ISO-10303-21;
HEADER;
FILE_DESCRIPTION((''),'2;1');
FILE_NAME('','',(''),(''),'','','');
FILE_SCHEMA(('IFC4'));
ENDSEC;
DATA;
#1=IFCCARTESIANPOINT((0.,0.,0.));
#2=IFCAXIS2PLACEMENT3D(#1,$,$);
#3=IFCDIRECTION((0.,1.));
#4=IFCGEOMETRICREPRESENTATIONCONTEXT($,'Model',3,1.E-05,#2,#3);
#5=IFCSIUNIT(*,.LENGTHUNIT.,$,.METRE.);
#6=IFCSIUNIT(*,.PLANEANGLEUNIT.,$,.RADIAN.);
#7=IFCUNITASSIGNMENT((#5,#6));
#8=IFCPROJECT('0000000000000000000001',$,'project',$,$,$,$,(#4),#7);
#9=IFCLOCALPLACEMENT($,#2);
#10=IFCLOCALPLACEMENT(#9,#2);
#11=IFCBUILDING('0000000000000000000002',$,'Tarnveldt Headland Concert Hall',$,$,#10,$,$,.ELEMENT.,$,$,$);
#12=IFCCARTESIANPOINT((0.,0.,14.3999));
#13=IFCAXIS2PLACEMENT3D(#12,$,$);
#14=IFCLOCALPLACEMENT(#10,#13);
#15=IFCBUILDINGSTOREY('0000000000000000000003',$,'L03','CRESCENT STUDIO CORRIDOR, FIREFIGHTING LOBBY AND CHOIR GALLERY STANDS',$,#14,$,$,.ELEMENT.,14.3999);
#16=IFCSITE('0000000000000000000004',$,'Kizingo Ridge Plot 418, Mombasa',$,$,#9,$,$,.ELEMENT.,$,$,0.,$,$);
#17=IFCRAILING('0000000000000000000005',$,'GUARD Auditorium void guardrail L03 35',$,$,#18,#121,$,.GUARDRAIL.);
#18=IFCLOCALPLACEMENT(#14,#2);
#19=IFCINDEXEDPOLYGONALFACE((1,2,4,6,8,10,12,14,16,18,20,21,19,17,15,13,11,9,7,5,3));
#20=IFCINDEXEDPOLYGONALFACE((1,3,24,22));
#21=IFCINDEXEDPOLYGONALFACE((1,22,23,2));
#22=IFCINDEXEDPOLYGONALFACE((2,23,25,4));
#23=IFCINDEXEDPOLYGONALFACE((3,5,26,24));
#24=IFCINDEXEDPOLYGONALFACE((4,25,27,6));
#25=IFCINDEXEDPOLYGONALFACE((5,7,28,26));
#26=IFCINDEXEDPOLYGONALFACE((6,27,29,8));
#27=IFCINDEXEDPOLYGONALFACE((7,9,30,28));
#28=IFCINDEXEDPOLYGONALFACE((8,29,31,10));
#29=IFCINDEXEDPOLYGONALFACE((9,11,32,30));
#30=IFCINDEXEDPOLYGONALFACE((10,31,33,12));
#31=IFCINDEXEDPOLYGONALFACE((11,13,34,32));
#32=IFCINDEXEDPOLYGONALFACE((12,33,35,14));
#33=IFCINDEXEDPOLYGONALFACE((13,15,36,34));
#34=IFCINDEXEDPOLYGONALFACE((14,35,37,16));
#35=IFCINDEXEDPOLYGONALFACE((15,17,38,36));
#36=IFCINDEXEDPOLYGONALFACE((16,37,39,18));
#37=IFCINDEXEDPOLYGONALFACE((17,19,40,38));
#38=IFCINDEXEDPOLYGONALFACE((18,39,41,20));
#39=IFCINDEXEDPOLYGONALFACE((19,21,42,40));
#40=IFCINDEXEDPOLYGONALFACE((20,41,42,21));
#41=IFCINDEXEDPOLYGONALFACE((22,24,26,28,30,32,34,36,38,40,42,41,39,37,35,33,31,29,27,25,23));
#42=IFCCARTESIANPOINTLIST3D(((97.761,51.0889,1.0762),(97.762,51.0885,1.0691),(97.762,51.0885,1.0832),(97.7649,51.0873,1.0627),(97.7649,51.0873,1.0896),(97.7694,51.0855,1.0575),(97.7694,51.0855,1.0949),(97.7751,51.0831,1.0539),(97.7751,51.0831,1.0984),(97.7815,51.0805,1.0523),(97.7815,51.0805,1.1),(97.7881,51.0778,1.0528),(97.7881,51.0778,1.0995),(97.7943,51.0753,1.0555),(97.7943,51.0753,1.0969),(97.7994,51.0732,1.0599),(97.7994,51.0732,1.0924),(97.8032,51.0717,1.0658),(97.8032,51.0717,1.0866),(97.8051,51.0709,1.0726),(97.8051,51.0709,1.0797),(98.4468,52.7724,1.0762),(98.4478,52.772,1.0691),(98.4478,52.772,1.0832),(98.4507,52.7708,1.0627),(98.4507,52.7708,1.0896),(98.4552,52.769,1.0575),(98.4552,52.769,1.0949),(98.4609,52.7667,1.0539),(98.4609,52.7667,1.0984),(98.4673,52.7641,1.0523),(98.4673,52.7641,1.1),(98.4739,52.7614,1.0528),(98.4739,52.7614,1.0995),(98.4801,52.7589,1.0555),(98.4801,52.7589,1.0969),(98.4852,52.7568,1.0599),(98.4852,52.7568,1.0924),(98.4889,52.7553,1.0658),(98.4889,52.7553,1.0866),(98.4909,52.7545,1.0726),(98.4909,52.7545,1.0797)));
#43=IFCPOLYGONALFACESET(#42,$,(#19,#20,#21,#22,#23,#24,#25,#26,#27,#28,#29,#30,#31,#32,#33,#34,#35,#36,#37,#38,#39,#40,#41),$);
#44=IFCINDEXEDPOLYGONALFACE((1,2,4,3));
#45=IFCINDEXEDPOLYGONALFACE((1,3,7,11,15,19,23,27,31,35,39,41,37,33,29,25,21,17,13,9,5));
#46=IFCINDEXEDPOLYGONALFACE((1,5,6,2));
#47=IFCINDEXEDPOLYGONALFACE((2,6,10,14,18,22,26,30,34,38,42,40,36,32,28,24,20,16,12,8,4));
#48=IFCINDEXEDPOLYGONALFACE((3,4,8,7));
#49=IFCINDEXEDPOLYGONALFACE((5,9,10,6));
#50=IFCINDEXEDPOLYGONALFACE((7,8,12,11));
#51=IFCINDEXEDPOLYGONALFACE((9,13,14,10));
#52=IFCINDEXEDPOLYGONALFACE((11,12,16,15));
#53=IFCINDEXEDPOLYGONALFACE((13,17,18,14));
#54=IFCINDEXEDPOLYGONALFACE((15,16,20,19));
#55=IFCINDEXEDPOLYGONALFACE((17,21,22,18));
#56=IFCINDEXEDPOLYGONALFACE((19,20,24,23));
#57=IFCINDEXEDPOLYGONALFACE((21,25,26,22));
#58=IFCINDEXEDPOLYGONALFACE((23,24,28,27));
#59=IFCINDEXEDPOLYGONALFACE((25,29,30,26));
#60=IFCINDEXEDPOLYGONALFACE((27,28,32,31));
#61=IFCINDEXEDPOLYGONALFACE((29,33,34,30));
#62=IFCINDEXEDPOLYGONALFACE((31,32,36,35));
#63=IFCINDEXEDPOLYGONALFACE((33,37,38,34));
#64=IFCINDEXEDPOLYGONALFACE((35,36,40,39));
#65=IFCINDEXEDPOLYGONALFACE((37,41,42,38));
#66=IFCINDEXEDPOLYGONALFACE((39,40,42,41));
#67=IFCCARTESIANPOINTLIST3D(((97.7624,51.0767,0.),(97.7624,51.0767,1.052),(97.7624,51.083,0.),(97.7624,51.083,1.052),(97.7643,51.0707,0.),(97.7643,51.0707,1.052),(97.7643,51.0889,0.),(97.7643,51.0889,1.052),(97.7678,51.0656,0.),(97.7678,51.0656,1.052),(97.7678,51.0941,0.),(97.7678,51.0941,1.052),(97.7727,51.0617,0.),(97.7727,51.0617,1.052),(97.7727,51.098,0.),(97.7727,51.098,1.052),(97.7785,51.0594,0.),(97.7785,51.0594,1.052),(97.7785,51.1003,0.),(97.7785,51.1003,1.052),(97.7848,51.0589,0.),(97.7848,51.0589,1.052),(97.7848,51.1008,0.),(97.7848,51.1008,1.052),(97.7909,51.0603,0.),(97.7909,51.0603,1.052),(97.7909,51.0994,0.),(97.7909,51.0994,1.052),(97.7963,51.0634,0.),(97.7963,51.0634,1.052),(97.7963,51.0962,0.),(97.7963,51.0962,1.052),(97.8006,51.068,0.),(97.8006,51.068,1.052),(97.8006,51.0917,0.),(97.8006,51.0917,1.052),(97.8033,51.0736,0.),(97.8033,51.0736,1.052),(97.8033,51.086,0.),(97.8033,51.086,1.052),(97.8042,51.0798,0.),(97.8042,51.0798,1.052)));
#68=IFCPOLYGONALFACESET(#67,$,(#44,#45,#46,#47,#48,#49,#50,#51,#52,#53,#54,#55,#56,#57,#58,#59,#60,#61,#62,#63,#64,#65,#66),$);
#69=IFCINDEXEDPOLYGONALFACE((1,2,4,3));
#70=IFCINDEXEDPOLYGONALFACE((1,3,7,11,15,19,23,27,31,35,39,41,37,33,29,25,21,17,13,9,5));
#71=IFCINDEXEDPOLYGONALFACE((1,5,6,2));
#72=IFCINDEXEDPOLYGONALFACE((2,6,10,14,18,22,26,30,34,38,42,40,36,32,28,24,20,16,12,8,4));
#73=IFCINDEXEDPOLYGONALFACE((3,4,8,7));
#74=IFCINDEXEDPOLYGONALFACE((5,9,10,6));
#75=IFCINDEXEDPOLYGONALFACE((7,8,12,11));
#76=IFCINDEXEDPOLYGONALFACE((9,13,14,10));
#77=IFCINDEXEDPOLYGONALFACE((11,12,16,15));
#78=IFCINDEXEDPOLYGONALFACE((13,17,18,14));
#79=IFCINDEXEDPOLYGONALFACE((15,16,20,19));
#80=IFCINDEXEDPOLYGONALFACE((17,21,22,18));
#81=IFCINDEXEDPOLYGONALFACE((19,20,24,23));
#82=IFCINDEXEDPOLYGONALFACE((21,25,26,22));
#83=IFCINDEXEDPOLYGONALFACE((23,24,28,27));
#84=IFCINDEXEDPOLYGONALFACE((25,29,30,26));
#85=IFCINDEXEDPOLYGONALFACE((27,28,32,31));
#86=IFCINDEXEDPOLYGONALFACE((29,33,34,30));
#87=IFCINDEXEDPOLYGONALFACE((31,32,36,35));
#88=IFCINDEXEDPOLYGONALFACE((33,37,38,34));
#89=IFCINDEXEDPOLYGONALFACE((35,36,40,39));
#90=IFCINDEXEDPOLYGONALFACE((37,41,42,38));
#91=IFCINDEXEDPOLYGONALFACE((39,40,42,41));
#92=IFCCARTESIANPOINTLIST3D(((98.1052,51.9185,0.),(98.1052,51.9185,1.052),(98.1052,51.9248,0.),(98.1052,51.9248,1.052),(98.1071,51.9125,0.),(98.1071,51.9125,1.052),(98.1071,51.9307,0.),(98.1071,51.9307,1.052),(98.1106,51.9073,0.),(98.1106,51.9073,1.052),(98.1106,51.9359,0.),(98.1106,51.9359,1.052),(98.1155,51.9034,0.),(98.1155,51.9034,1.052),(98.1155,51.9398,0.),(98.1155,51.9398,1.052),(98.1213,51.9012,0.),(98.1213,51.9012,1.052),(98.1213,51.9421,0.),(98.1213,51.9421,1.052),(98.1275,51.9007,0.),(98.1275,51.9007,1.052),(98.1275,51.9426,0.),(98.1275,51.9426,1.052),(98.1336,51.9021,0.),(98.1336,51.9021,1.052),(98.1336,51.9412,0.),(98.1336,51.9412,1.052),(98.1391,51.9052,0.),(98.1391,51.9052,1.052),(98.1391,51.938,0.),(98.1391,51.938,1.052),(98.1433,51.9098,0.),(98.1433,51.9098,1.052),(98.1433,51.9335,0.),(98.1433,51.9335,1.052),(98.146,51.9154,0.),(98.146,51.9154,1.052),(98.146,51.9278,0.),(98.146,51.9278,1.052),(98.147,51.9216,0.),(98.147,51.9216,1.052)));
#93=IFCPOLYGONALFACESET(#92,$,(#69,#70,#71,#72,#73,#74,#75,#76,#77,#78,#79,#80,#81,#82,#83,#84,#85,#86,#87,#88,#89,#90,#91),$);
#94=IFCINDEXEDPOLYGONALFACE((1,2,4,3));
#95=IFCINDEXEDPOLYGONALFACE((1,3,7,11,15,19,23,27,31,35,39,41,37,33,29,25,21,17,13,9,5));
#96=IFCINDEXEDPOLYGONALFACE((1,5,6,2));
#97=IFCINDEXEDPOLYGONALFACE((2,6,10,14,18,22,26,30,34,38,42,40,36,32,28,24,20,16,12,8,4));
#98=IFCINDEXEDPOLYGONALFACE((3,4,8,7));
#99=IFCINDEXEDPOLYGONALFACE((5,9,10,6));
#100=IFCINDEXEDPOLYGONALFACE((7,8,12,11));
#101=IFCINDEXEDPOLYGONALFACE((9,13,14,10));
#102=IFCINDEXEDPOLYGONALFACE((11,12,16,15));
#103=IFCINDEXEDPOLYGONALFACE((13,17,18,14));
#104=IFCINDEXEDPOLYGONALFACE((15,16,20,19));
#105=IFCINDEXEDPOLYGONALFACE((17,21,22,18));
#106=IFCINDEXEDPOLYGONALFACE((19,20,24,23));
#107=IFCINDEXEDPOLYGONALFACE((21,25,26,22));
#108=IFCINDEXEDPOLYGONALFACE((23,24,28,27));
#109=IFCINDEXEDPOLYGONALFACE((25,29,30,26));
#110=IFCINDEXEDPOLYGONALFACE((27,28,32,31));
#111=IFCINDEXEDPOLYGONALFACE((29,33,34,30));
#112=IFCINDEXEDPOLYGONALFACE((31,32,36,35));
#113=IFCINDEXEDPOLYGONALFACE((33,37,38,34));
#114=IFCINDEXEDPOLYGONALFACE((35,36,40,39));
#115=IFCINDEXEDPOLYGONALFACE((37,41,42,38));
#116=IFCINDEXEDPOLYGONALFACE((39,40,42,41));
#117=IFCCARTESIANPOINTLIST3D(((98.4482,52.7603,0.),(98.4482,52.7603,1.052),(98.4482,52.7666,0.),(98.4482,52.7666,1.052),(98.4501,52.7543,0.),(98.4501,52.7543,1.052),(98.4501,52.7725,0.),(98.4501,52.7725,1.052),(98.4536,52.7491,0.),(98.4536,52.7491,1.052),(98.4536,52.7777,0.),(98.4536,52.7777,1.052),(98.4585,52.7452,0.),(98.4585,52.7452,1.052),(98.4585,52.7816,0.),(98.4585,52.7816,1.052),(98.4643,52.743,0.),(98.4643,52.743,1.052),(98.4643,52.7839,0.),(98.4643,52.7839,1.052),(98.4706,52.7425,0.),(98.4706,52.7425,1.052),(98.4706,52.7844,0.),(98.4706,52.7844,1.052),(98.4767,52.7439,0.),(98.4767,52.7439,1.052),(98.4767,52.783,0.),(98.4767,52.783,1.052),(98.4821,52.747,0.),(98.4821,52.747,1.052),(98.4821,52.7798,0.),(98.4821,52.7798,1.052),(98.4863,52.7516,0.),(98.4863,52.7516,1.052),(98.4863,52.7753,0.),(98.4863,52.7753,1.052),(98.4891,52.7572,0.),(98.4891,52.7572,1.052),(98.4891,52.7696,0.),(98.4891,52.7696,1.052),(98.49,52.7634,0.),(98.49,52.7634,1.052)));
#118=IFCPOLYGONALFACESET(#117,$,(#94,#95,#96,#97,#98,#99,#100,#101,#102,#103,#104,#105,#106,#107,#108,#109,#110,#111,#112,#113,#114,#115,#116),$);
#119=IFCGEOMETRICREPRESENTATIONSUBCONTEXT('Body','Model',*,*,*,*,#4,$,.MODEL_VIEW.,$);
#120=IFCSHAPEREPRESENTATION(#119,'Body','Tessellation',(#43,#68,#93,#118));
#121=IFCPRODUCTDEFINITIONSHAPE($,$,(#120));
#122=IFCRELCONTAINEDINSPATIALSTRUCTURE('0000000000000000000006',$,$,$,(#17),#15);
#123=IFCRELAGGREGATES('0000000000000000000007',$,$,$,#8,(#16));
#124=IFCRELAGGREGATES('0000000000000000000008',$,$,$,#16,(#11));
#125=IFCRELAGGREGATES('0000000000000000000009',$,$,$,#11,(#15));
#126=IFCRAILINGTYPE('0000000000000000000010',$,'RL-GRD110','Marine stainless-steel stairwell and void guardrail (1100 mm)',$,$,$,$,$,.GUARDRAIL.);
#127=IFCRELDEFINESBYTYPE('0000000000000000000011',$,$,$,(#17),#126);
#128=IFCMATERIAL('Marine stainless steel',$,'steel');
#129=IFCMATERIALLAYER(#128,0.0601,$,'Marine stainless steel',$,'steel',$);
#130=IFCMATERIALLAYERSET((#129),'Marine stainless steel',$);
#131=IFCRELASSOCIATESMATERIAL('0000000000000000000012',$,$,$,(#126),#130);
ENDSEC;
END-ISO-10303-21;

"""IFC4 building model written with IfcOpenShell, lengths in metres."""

from ifc_helpers import new_model, si_unit, direction, frame, origin, origin_2d, place, context, subcontext, project, spatial, circle, extrude, material, layer, layer_set, type_object, element, save


model = new_model("IFC4")

# Units and contexts
model_context = context("Model", 3, precision=1e-05, world=origin(), true_north=direction((0.0, 1.0)))
body_context = subcontext(model_context, "Body", "Model", "MODEL_VIEW")
ifc_project = project(units=[si_unit("LENGTHUNIT", "METRE"), si_unit("PLANEANGLEUNIT", "RADIAN")], contexts=[model_context])

# Site, building, storey
site_placement = place(None, origin())
site = spatial("IfcSite", under=ifc_project, at=site_placement, Name="Kizingo Ridge Plot 418, Mombasa", CompositionType="ELEMENT", RefElevation=0.0)
building_placement = place(site_placement, origin())
building = spatial("IfcBuilding", under=site, at=building_placement, Name="Tarnveldt Headland Concert Hall", CompositionType="ELEMENT")
storey_placement = place(building_placement, frame((0.0, 0.0, 14.3999)))
storey = spatial("IfcBuildingStorey", under=building, at=storey_placement, Name="L03", Description="CRESCENT STUDIO CORRIDOR, FIREFIGHTING LOBBY AND CHOIR GALLERY STANDS", CompositionType="ELEMENT", Elevation=14.3999)

# Railing
ifc_material_1 = material(Name="Marine stainless steel", Category="steel")
ifc_layer_1 = layer(ifc_material_1, 0.0601, Name="Marine stainless steel", Category="steel")
ifc_layer_set_1 = layer_set([ifc_layer_1], Name="Marine stainless steel")
railing_type = type_object("IfcRailingType", Name="RL-GRD110", Description="Marine stainless-steel stairwell and void guardrail (1100 mm)", PredefinedType="GUARDRAIL", material=ifc_layer_set_1)
railing_1_placement = place(storey_placement, frame((97.7832, 51.0798, 0.0)))
element("IfcRailing", 1, at=railing_1_placement, inside=storey, type_object=railing_type, Name="GUARD Auditorium void guardrail L03 35", PredefinedType="GUARDRAIL", context=body_context, shape_type="SweptSolid", body=[
    extrude(circle(Radius=0.0239, at=origin_2d()), frame((0.0, 0.0, 1.0762), z_axis=(0.377241, 0.926115, 0.0), x_axis=(-0.926115, 0.377241, 0.0)), (0.0, 0.0, 1.0), 1.8179),
    extrude(circle(Radius=0.021, at=origin_2d()), origin(), (0.0, 0.0, 1.0), 1.052),
    extrude(circle(Radius=0.021, at=origin_2d()), frame((0.3428, 0.8418, 0.0)), (0.0, 0.0, 1.0), 1.052),
    extrude(circle(Radius=0.021, at=origin_2d()), frame((0.6858, 1.6836, 0.0)), (0.0, 0.0, 1.0), 1.052),
])

save(model, "model.ifc")
